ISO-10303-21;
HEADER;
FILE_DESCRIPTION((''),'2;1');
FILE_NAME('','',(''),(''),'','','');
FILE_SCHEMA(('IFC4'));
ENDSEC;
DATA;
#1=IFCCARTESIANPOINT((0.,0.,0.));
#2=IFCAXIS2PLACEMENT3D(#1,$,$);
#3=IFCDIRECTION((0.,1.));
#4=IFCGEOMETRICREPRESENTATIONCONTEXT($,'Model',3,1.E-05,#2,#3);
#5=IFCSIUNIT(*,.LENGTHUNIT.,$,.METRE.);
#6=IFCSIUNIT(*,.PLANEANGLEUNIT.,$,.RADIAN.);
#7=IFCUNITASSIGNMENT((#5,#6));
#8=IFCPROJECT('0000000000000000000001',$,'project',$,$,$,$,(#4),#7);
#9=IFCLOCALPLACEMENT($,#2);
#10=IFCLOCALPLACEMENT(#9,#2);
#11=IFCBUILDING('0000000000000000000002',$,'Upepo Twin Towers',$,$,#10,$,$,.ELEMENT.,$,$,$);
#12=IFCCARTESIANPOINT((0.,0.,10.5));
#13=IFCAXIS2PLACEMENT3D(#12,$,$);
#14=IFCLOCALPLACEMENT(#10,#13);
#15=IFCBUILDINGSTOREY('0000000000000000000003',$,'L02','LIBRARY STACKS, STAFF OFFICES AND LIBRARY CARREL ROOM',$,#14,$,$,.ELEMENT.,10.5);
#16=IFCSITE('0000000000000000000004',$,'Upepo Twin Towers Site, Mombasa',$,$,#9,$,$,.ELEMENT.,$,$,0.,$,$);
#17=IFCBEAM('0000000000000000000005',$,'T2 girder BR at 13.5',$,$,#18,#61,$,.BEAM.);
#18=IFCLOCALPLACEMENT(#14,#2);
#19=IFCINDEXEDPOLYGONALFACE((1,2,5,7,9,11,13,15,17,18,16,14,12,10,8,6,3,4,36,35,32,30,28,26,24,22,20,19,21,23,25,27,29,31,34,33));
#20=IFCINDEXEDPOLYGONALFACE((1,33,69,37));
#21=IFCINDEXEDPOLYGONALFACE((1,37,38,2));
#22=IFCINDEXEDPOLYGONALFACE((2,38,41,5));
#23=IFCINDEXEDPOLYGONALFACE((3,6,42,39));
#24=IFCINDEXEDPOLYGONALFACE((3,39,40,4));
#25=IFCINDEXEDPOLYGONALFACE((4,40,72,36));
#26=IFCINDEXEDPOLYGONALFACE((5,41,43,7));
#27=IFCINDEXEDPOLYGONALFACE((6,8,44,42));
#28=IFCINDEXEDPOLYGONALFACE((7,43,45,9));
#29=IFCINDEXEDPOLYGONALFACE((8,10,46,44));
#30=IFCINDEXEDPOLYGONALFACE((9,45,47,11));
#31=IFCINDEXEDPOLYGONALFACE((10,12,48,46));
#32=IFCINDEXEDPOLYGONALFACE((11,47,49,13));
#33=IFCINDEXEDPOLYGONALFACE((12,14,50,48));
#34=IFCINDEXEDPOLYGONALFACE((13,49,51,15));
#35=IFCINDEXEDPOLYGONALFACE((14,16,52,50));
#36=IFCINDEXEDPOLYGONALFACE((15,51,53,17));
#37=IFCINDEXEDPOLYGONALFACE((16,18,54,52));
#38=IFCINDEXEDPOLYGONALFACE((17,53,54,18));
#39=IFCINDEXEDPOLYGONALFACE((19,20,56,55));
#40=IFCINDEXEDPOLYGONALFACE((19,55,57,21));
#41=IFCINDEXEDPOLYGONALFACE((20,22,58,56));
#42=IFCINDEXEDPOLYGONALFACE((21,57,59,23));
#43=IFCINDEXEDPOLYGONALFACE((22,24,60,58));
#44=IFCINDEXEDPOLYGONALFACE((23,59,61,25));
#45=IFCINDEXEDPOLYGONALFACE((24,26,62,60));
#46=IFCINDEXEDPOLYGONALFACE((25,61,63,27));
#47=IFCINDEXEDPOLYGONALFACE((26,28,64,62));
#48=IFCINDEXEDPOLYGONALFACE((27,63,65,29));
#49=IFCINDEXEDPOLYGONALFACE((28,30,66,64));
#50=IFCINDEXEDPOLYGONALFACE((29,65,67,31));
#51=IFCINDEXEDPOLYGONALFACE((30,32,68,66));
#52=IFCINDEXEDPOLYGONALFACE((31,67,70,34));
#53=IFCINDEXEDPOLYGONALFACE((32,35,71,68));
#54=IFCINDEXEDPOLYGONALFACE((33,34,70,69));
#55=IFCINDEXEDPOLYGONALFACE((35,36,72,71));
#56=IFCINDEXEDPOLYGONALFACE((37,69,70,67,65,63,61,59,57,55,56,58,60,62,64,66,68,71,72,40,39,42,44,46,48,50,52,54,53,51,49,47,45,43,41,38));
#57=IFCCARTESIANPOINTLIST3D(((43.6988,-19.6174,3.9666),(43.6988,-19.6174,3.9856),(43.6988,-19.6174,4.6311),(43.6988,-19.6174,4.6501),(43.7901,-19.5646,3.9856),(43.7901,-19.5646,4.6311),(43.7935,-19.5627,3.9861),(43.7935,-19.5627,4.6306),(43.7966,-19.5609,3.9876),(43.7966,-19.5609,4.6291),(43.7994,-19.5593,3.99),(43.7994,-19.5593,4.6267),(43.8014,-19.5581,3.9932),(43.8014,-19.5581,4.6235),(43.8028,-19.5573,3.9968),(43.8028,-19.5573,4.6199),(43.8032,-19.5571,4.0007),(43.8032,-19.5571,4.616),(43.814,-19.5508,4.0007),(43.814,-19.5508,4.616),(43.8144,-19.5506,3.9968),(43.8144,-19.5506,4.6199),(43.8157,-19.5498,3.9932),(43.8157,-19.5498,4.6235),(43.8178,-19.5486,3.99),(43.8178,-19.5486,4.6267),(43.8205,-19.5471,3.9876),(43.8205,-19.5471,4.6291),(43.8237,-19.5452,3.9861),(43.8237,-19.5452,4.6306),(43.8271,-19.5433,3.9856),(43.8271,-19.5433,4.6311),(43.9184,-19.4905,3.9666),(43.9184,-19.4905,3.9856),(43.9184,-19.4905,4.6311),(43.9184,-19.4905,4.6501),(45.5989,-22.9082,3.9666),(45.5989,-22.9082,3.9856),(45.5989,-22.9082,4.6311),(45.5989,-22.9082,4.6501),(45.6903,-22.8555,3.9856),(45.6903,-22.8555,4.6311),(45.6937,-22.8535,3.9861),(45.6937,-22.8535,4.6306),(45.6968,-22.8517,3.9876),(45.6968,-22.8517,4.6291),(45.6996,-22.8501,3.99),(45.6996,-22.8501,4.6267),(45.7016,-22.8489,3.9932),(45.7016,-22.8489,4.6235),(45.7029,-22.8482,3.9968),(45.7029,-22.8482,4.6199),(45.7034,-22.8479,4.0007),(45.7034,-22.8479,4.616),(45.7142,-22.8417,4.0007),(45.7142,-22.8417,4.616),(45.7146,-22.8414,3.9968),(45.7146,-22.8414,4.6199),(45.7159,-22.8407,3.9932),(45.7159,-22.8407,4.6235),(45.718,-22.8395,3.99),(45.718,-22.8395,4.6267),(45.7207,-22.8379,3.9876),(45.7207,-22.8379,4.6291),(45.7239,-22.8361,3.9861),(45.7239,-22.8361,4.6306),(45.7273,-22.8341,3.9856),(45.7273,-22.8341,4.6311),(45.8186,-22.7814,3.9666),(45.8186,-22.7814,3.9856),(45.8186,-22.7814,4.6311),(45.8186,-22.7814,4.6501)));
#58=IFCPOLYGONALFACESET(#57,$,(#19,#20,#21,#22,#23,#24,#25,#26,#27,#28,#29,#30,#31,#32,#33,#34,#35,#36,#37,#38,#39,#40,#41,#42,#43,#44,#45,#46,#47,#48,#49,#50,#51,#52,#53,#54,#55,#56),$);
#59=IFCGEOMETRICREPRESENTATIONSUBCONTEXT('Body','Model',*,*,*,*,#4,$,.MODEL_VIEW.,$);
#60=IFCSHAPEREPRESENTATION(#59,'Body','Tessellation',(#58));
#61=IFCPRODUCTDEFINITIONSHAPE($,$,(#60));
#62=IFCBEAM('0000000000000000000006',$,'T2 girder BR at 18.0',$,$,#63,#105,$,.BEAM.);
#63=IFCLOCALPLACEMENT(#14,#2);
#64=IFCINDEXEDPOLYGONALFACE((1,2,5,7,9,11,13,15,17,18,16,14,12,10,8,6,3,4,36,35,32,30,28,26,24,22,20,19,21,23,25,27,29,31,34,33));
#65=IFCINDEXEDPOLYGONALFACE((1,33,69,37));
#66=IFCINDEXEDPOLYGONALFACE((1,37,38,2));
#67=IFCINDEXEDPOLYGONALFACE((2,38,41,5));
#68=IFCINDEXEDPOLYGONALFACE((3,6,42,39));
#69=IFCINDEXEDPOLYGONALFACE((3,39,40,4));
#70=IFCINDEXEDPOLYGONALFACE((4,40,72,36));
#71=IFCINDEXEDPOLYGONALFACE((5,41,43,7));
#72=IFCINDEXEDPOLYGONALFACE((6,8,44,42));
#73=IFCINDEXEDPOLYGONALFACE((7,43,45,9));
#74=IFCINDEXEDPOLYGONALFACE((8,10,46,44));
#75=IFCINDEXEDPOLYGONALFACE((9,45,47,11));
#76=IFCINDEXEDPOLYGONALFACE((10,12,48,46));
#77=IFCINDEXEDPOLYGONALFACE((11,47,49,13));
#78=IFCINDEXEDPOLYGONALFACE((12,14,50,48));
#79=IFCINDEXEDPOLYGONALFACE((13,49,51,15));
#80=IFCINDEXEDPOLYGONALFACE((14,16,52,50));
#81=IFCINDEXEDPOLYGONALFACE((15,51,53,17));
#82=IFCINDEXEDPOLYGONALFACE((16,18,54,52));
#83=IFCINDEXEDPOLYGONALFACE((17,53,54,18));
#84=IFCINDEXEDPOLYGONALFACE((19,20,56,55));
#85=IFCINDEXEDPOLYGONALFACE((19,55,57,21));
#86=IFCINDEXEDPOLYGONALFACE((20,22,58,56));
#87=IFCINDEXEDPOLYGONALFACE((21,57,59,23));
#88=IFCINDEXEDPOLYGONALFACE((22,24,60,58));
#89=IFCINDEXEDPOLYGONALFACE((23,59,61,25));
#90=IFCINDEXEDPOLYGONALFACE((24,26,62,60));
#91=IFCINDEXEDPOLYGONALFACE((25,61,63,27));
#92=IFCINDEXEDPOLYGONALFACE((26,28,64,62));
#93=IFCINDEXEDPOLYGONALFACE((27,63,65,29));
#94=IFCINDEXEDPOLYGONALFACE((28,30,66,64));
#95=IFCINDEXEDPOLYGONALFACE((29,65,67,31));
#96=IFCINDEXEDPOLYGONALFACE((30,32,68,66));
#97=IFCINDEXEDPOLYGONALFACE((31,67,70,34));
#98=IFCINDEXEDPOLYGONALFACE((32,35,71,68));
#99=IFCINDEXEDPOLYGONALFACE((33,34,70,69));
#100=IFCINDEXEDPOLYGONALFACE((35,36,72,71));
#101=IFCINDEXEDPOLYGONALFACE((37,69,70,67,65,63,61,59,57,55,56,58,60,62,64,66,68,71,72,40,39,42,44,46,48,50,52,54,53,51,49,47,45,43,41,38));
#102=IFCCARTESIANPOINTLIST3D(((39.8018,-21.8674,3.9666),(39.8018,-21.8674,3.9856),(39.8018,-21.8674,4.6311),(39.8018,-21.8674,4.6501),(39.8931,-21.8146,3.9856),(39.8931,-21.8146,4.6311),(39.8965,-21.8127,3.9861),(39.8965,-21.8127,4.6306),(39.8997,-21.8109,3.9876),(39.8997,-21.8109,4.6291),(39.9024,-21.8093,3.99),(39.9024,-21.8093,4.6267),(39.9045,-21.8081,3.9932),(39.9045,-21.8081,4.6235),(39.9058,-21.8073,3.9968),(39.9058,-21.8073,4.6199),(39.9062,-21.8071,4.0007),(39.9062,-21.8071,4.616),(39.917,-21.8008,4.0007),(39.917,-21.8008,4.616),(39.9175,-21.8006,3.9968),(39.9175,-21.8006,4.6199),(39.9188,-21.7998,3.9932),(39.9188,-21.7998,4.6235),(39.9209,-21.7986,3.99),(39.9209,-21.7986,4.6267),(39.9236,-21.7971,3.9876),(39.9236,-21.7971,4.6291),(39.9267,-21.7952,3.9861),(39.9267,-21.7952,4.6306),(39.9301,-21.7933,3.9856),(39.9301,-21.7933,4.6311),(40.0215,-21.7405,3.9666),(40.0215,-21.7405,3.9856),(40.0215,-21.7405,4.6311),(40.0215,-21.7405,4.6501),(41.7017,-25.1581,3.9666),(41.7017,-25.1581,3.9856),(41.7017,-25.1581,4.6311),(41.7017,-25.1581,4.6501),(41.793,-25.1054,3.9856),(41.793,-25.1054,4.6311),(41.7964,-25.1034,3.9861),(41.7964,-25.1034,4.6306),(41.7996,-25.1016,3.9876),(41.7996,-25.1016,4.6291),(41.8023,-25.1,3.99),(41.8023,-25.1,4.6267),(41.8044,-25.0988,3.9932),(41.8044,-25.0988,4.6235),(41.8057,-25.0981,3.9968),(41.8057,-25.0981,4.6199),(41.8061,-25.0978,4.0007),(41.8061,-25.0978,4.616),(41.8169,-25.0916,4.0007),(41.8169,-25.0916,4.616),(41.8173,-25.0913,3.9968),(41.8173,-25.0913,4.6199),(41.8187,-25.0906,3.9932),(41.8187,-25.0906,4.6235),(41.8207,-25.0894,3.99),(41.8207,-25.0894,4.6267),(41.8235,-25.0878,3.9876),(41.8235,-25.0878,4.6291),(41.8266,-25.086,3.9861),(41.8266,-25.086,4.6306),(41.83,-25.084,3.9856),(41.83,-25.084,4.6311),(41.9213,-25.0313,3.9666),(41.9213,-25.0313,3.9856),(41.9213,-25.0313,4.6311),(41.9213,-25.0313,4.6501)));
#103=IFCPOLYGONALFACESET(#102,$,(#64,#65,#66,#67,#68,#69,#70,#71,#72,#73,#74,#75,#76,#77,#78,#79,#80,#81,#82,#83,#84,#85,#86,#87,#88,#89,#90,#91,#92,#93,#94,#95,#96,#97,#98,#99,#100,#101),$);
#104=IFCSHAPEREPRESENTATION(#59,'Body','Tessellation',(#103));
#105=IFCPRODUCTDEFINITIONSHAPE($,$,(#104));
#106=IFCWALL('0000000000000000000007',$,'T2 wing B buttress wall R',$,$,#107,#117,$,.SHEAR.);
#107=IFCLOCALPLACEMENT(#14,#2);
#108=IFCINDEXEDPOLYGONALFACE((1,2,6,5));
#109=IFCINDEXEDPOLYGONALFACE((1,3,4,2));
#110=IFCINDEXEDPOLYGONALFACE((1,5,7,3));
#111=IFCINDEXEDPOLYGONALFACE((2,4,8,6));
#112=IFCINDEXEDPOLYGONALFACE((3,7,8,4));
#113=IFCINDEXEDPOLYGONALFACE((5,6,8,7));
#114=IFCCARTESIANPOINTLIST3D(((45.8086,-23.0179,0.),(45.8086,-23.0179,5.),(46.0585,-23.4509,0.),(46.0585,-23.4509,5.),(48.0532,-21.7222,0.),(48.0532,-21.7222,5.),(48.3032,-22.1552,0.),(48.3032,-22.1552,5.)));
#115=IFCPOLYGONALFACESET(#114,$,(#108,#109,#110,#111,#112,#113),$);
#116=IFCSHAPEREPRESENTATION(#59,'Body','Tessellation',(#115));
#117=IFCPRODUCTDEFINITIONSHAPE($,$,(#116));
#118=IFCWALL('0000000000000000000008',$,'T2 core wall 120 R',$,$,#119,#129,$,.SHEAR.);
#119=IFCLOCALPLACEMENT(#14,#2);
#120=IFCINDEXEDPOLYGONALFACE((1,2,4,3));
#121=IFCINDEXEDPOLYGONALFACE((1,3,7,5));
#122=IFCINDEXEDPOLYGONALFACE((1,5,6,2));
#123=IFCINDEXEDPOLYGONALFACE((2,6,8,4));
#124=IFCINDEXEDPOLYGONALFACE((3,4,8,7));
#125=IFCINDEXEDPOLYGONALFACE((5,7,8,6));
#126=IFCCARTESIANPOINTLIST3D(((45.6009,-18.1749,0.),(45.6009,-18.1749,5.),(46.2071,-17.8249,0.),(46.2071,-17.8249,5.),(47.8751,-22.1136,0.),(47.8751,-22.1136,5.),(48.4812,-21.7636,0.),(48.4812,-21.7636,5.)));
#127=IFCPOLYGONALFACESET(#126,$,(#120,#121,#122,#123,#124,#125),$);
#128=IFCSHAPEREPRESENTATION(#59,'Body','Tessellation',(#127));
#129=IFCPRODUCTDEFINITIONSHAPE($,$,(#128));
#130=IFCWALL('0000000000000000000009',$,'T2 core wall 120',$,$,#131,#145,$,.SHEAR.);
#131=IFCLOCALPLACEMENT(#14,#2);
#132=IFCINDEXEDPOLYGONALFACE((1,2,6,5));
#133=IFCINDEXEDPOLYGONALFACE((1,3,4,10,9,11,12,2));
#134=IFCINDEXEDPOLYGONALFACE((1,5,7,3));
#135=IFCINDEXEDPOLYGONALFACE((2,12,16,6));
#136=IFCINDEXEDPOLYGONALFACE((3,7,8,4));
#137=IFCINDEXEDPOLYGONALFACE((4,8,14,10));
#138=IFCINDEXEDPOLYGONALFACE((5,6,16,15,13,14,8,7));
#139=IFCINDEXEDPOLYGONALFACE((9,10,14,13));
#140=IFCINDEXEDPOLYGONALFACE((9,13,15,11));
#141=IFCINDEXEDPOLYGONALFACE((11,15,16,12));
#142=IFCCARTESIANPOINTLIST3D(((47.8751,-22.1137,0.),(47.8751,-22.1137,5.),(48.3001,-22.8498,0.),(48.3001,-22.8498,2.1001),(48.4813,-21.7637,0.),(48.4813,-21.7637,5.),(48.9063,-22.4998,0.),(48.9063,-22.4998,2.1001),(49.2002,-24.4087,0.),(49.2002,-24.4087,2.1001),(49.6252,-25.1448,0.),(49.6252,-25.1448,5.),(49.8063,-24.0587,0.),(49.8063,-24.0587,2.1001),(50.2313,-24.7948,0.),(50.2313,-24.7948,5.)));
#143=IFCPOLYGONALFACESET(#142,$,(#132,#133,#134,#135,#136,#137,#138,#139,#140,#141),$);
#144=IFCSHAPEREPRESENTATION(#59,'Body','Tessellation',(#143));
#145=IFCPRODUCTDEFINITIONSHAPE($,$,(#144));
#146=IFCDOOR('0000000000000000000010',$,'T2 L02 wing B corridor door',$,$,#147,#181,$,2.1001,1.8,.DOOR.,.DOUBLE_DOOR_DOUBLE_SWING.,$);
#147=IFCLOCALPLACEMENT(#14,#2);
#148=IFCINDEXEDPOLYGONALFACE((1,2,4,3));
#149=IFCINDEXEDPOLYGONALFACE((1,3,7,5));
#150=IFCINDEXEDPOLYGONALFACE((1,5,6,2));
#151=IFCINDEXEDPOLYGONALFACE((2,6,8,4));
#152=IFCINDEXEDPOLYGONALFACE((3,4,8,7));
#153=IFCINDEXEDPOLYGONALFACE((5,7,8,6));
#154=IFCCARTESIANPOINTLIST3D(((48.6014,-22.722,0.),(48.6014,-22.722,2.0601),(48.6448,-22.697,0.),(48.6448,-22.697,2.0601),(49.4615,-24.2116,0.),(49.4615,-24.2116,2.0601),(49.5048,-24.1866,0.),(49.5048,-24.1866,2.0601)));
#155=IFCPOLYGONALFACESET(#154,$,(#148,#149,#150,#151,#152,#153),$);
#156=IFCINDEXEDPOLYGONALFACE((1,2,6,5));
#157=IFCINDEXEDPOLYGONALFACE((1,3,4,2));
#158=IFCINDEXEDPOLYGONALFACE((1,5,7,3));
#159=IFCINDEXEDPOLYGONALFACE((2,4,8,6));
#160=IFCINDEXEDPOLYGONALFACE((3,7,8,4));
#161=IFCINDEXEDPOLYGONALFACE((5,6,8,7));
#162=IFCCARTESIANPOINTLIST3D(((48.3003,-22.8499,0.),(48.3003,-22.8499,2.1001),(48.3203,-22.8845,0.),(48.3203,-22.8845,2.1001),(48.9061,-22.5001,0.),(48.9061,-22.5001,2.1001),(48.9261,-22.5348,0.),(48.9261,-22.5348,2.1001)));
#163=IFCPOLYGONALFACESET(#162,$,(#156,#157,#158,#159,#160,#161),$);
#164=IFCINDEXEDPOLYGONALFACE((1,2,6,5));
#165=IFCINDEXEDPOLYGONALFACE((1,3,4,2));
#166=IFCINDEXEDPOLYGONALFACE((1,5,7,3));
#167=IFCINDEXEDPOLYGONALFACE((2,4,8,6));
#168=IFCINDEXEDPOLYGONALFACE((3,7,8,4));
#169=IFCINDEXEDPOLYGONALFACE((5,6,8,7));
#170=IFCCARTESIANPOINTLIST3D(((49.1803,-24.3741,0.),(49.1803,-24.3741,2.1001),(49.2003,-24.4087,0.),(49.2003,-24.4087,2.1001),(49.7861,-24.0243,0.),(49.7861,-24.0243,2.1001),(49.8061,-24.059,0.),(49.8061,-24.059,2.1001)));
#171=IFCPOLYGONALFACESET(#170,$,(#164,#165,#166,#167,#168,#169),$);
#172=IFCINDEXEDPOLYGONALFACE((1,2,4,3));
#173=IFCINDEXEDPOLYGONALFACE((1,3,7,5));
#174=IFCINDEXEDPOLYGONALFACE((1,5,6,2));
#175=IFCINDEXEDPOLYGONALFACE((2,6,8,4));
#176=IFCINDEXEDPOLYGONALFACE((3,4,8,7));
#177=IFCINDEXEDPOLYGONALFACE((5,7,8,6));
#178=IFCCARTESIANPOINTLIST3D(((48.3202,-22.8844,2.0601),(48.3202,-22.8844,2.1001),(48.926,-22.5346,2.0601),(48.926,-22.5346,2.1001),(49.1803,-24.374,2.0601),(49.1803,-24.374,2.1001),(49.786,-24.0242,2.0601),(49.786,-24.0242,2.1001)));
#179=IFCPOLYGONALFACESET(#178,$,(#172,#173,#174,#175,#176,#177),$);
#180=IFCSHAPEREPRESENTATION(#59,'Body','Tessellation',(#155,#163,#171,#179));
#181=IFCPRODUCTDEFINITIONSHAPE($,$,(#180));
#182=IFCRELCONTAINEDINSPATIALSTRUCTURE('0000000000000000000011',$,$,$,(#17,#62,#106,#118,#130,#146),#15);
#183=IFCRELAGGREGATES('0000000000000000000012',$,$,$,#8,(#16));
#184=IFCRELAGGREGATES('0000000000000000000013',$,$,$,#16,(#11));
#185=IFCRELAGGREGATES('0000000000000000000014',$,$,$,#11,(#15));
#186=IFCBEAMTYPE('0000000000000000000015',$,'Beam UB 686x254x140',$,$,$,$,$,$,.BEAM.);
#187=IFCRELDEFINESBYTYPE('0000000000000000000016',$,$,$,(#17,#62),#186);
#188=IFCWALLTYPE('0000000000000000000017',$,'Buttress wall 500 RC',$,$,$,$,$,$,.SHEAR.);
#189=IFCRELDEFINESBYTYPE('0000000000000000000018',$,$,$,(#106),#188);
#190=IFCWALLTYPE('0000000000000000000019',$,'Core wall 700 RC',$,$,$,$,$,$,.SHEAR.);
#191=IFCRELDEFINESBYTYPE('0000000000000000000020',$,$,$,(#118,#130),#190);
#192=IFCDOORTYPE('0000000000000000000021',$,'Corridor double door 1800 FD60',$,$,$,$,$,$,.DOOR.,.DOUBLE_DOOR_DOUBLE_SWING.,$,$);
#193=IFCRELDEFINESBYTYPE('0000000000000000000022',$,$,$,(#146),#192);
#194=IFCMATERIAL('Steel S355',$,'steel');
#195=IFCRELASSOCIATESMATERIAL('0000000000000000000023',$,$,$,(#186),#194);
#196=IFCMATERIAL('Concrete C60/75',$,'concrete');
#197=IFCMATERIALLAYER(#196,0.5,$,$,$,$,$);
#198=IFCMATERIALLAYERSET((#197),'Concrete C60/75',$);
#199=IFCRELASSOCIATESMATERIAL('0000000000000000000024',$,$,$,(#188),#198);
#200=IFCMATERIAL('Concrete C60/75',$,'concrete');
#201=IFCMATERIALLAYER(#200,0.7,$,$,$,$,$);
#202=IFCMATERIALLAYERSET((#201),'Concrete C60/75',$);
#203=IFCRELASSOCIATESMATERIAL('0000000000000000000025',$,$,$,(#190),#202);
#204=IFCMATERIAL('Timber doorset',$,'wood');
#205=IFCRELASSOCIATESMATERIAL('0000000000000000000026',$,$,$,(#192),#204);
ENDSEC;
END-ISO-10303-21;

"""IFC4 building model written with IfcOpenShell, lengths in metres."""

from ifc_helpers import new_model, si_unit, direction, frame, frame_2d, origin, origin_2d, place, context, subcontext, project, spatial, rectangle, i_section, extrude, material, layer, layer_set, material_profile, profile_set, type_object, element, fill, save


model = new_model("IFC4")

# Units and contexts
model_context = context("Model", 3, precision=1e-05, world=origin(), true_north=direction((0.0, 1.0)))
body_context = subcontext(model_context, "Body", "Model", "MODEL_VIEW")
ifc_project = project(units=[si_unit("LENGTHUNIT", "METRE"), si_unit("PLANEANGLEUNIT", "RADIAN")], contexts=[model_context])

# Site, building, storey
site_placement = place(None, origin())
site = spatial("IfcSite", under=ifc_project, at=site_placement, Name="Upepo Twin Towers Site, Mombasa", CompositionType="ELEMENT", RefElevation=0.0)
building_placement = place(site_placement, origin())
building = spatial("IfcBuilding", under=site, at=building_placement, Name="Upepo Twin Towers", CompositionType="ELEMENT")
storey_placement = place(building_placement, frame((0.0, 0.0, 10.5)))
storey = spatial("IfcBuildingStorey", under=building, at=storey_placement, Name="L02", Description="LIBRARY STACKS, STAFF OFFICES AND LIBRARY CARREL ROOM", CompositionType="ELEMENT", Elevation=10.5)

# Beams
ifc_material_1 = material(Name="Steel S355", Category="steel")
ifc_material_profile_1 = material_profile(ifc_material_1, i_section(OverallWidth=0.2537, OverallDepth=0.6836, WebThickness=0.0125, FlangeThickness=0.019, FilletRadius=0.0151, at=origin_2d()), Name="UB 686x254x140")
ifc_profile_set_1 = profile_set([ifc_material_profile_1], Name="Steel S355")
beam_type_1 = type_object("IfcBeamType", Name="Beam UB 686x254x140", PredefinedType="BEAM", material=ifc_profile_set_1)
beam_1_placement = place(storey_placement, frame((43.8086, -19.554, 4.3083), z_axis=(0.500043, -0.866, 0.0), x_axis=(0.866, 0.500043, 0.0)))
element("IfcBeam", 1, at=beam_1_placement, inside=storey, type_object=beam_type_1, Name="T2 girder BR at 13.5", PredefinedType="BEAM", context=body_context, shape_type="SweptSolid", body=[
    extrude(i_section(OverallWidth=0.2537, OverallDepth=0.6836, WebThickness=0.0125, FlangeThickness=0.019, FilletRadius=0.0151, at=origin_2d()), origin(), (0.0, 0.0, 1.0), 3.8),
])
beam_2_placement = place(storey_placement, frame((39.9116, -21.804, 4.3083), z_axis=(0.499995, -0.866028, 0.0), x_axis=(0.866028, 0.499995, 0.0)))
element("IfcBeam", 2, at=beam_2_placement, inside=storey, type_object=beam_type_1, Name="T2 girder BR at 18.0", PredefinedType="BEAM", context=body_context, shape_type="SweptSolid", body=[
    extrude(i_section(OverallWidth=0.2537, OverallDepth=0.6836, WebThickness=0.0125, FlangeThickness=0.019, FilletRadius=0.0151, at=origin_2d()), origin(), (0.0, 0.0, 1.0), 3.7998),
])

# Walls
ifc_material_2 = material(Name="Concrete C60/75", Category="concrete")
ifc_layer_1 = layer(ifc_material_2, 0.5)
ifc_layer_set_1 = layer_set([ifc_layer_1], Name="Concrete C60/75")
wall_type_1 = type_object("IfcWallType", Name="Buttress wall 500 RC", PredefinedType="SHEAR", material=ifc_layer_set_1)
wall_1_placement = place(storey_placement, frame((48.1782, -21.9387, 0.0), z_axis=(0.0, 0.0, 1.0), x_axis=(-0.866073, -0.499918, 0.0)))
element("IfcWall", 3, at=wall_1_placement, inside=storey, type_object=wall_type_1, Name="T2 wing B buttress wall R", PredefinedType="SHEAR", context=body_context, shape_type="SweptSolid", body=[
    extrude(rectangle(XDim=2.5918, YDim=0.5, at=frame_2d((1.2959, 0.0))), origin(), (0.0, 0.0, 1.0), 5.0),
])
ifc_material_3 = material(Name="Concrete C60/75", Category="concrete")
ifc_layer_2 = layer(ifc_material_3, 0.7)
ifc_layer_set_2 = layer_set([ifc_layer_2], Name="Concrete C60/75")
wall_type_2 = type_object("IfcWallType", Name="Core wall 700 RC", PredefinedType="SHEAR", material=ifc_layer_set_2)
wall_2_placement = place(storey_placement, frame((45.9041, -18.0, 0.0), z_axis=(0.0, 0.0, 1.0), x_axis=(0.500024, -0.866011, 0.0)))
element("IfcWall", 4, at=wall_2_placement, inside=storey, type_object=wall_type_2, Name="T2 core wall 120 R", PredefinedType="SHEAR", context=body_context, shape_type="SweptSolid", body=[
    extrude(rectangle(XDim=4.5481, YDim=0.7, at=frame_2d((2.2739, 0.0))), origin(), (0.0, 0.0, 1.0), 5.0),
])

# Wall, opening, door
wall_3_placement = place(storey_placement, frame((48.1782, -21.9387, 0.0), z_axis=(0.0, 0.0, 1.0), x_axis=(0.50001, -0.866019, 0.0)))
wall_3 = element("IfcWall", 5, at=wall_3_placement, inside=storey, type_object=wall_type_2, Name="T2 core wall 120", PredefinedType="SHEAR", context=body_context, shape_type="SweptSolid", body=[
    extrude(rectangle(XDim=3.5, YDim=0.7, at=frame_2d((1.75, 0.0))), origin(), (0.0, 0.0, 1.0), 5.0),
])
opening_1_placement = place(wall_3_placement, frame((0.8501, 0.0, 0.0)))
opening_1 = element("IfcOpeningElement", 6, at=opening_1_placement, cuts=wall_3, PredefinedType="OPENING", context=body_context, shape_type="SweptSolid", body=[
    extrude(rectangle(XDim=1.8, YDim=2.1001, at=frame_2d((0.8999, 1.05))), frame((0.0, 0.3599, 0.0), z_axis=(0.0, -1.0, 0.0), x_axis=(1.0, 0.0, 0.0)), (0.0, 0.0, 1.0), 0.72),
])
ifc_material_4 = material(Name="Timber doorset", Category="wood")
door_type_1 = type_object("IfcDoorType", Name="Corridor double door 1800 FD60", OperationType="DOUBLE_DOOR_DOUBLE_SWING", PredefinedType="DOOR", material=ifc_material_4)
door_1_placement = place(opening_1_placement, origin())
door_1 = element("IfcDoor", 7, at=door_1_placement, inside=storey, type_object=door_type_1, Name="T2 L02 wing B corridor door", OperationType="DOUBLE_DOOR_DOUBLE_SWING", OverallHeight=2.1001, OverallWidth=1.8, PredefinedType="DOOR", context=body_context, shape_type="SweptSolid", body=[
    extrude(rectangle(XDim=1.72, YDim=2.0601, at=frame_2d((0.8999, 1.03))), frame((0.0, 0.0249, 0.0), z_axis=(0.0, -1.0, 0.0), x_axis=(1.0, 0.0, 0.0)), (0.0, 0.0, 1.0), 0.05),
    extrude(rectangle(XDim=0.04, YDim=2.1001, at=frame_2d((0.02, 1.05))), frame((0.0, 0.3496, 0.0), z_axis=(0.0, -1.0, 0.0), x_axis=(1.0, 0.0, 0.0)), (0.0, 0.0, 1.0), 0.6995),
    extrude(rectangle(XDim=0.04, YDim=2.1001, at=frame_2d((1.78, 1.05))), frame((0.0, 0.3496, 0.0), z_axis=(0.0, -1.0, 0.0), x_axis=(1.0, 0.0, 0.0)), (0.0, 0.0, 1.0), 0.6995),
    extrude(rectangle(XDim=1.72, YDim=0.04, at=frame_2d((0.8999, 2.0801))), frame((0.0, 0.3496, 0.0), z_axis=(0.0, -1.0, 0.0), x_axis=(1.0, 0.0, 0.0)), (0.0, 0.0, 1.0), 0.6995),
])
fill(opening_1, door_1)

save(model, "model.ifc")
